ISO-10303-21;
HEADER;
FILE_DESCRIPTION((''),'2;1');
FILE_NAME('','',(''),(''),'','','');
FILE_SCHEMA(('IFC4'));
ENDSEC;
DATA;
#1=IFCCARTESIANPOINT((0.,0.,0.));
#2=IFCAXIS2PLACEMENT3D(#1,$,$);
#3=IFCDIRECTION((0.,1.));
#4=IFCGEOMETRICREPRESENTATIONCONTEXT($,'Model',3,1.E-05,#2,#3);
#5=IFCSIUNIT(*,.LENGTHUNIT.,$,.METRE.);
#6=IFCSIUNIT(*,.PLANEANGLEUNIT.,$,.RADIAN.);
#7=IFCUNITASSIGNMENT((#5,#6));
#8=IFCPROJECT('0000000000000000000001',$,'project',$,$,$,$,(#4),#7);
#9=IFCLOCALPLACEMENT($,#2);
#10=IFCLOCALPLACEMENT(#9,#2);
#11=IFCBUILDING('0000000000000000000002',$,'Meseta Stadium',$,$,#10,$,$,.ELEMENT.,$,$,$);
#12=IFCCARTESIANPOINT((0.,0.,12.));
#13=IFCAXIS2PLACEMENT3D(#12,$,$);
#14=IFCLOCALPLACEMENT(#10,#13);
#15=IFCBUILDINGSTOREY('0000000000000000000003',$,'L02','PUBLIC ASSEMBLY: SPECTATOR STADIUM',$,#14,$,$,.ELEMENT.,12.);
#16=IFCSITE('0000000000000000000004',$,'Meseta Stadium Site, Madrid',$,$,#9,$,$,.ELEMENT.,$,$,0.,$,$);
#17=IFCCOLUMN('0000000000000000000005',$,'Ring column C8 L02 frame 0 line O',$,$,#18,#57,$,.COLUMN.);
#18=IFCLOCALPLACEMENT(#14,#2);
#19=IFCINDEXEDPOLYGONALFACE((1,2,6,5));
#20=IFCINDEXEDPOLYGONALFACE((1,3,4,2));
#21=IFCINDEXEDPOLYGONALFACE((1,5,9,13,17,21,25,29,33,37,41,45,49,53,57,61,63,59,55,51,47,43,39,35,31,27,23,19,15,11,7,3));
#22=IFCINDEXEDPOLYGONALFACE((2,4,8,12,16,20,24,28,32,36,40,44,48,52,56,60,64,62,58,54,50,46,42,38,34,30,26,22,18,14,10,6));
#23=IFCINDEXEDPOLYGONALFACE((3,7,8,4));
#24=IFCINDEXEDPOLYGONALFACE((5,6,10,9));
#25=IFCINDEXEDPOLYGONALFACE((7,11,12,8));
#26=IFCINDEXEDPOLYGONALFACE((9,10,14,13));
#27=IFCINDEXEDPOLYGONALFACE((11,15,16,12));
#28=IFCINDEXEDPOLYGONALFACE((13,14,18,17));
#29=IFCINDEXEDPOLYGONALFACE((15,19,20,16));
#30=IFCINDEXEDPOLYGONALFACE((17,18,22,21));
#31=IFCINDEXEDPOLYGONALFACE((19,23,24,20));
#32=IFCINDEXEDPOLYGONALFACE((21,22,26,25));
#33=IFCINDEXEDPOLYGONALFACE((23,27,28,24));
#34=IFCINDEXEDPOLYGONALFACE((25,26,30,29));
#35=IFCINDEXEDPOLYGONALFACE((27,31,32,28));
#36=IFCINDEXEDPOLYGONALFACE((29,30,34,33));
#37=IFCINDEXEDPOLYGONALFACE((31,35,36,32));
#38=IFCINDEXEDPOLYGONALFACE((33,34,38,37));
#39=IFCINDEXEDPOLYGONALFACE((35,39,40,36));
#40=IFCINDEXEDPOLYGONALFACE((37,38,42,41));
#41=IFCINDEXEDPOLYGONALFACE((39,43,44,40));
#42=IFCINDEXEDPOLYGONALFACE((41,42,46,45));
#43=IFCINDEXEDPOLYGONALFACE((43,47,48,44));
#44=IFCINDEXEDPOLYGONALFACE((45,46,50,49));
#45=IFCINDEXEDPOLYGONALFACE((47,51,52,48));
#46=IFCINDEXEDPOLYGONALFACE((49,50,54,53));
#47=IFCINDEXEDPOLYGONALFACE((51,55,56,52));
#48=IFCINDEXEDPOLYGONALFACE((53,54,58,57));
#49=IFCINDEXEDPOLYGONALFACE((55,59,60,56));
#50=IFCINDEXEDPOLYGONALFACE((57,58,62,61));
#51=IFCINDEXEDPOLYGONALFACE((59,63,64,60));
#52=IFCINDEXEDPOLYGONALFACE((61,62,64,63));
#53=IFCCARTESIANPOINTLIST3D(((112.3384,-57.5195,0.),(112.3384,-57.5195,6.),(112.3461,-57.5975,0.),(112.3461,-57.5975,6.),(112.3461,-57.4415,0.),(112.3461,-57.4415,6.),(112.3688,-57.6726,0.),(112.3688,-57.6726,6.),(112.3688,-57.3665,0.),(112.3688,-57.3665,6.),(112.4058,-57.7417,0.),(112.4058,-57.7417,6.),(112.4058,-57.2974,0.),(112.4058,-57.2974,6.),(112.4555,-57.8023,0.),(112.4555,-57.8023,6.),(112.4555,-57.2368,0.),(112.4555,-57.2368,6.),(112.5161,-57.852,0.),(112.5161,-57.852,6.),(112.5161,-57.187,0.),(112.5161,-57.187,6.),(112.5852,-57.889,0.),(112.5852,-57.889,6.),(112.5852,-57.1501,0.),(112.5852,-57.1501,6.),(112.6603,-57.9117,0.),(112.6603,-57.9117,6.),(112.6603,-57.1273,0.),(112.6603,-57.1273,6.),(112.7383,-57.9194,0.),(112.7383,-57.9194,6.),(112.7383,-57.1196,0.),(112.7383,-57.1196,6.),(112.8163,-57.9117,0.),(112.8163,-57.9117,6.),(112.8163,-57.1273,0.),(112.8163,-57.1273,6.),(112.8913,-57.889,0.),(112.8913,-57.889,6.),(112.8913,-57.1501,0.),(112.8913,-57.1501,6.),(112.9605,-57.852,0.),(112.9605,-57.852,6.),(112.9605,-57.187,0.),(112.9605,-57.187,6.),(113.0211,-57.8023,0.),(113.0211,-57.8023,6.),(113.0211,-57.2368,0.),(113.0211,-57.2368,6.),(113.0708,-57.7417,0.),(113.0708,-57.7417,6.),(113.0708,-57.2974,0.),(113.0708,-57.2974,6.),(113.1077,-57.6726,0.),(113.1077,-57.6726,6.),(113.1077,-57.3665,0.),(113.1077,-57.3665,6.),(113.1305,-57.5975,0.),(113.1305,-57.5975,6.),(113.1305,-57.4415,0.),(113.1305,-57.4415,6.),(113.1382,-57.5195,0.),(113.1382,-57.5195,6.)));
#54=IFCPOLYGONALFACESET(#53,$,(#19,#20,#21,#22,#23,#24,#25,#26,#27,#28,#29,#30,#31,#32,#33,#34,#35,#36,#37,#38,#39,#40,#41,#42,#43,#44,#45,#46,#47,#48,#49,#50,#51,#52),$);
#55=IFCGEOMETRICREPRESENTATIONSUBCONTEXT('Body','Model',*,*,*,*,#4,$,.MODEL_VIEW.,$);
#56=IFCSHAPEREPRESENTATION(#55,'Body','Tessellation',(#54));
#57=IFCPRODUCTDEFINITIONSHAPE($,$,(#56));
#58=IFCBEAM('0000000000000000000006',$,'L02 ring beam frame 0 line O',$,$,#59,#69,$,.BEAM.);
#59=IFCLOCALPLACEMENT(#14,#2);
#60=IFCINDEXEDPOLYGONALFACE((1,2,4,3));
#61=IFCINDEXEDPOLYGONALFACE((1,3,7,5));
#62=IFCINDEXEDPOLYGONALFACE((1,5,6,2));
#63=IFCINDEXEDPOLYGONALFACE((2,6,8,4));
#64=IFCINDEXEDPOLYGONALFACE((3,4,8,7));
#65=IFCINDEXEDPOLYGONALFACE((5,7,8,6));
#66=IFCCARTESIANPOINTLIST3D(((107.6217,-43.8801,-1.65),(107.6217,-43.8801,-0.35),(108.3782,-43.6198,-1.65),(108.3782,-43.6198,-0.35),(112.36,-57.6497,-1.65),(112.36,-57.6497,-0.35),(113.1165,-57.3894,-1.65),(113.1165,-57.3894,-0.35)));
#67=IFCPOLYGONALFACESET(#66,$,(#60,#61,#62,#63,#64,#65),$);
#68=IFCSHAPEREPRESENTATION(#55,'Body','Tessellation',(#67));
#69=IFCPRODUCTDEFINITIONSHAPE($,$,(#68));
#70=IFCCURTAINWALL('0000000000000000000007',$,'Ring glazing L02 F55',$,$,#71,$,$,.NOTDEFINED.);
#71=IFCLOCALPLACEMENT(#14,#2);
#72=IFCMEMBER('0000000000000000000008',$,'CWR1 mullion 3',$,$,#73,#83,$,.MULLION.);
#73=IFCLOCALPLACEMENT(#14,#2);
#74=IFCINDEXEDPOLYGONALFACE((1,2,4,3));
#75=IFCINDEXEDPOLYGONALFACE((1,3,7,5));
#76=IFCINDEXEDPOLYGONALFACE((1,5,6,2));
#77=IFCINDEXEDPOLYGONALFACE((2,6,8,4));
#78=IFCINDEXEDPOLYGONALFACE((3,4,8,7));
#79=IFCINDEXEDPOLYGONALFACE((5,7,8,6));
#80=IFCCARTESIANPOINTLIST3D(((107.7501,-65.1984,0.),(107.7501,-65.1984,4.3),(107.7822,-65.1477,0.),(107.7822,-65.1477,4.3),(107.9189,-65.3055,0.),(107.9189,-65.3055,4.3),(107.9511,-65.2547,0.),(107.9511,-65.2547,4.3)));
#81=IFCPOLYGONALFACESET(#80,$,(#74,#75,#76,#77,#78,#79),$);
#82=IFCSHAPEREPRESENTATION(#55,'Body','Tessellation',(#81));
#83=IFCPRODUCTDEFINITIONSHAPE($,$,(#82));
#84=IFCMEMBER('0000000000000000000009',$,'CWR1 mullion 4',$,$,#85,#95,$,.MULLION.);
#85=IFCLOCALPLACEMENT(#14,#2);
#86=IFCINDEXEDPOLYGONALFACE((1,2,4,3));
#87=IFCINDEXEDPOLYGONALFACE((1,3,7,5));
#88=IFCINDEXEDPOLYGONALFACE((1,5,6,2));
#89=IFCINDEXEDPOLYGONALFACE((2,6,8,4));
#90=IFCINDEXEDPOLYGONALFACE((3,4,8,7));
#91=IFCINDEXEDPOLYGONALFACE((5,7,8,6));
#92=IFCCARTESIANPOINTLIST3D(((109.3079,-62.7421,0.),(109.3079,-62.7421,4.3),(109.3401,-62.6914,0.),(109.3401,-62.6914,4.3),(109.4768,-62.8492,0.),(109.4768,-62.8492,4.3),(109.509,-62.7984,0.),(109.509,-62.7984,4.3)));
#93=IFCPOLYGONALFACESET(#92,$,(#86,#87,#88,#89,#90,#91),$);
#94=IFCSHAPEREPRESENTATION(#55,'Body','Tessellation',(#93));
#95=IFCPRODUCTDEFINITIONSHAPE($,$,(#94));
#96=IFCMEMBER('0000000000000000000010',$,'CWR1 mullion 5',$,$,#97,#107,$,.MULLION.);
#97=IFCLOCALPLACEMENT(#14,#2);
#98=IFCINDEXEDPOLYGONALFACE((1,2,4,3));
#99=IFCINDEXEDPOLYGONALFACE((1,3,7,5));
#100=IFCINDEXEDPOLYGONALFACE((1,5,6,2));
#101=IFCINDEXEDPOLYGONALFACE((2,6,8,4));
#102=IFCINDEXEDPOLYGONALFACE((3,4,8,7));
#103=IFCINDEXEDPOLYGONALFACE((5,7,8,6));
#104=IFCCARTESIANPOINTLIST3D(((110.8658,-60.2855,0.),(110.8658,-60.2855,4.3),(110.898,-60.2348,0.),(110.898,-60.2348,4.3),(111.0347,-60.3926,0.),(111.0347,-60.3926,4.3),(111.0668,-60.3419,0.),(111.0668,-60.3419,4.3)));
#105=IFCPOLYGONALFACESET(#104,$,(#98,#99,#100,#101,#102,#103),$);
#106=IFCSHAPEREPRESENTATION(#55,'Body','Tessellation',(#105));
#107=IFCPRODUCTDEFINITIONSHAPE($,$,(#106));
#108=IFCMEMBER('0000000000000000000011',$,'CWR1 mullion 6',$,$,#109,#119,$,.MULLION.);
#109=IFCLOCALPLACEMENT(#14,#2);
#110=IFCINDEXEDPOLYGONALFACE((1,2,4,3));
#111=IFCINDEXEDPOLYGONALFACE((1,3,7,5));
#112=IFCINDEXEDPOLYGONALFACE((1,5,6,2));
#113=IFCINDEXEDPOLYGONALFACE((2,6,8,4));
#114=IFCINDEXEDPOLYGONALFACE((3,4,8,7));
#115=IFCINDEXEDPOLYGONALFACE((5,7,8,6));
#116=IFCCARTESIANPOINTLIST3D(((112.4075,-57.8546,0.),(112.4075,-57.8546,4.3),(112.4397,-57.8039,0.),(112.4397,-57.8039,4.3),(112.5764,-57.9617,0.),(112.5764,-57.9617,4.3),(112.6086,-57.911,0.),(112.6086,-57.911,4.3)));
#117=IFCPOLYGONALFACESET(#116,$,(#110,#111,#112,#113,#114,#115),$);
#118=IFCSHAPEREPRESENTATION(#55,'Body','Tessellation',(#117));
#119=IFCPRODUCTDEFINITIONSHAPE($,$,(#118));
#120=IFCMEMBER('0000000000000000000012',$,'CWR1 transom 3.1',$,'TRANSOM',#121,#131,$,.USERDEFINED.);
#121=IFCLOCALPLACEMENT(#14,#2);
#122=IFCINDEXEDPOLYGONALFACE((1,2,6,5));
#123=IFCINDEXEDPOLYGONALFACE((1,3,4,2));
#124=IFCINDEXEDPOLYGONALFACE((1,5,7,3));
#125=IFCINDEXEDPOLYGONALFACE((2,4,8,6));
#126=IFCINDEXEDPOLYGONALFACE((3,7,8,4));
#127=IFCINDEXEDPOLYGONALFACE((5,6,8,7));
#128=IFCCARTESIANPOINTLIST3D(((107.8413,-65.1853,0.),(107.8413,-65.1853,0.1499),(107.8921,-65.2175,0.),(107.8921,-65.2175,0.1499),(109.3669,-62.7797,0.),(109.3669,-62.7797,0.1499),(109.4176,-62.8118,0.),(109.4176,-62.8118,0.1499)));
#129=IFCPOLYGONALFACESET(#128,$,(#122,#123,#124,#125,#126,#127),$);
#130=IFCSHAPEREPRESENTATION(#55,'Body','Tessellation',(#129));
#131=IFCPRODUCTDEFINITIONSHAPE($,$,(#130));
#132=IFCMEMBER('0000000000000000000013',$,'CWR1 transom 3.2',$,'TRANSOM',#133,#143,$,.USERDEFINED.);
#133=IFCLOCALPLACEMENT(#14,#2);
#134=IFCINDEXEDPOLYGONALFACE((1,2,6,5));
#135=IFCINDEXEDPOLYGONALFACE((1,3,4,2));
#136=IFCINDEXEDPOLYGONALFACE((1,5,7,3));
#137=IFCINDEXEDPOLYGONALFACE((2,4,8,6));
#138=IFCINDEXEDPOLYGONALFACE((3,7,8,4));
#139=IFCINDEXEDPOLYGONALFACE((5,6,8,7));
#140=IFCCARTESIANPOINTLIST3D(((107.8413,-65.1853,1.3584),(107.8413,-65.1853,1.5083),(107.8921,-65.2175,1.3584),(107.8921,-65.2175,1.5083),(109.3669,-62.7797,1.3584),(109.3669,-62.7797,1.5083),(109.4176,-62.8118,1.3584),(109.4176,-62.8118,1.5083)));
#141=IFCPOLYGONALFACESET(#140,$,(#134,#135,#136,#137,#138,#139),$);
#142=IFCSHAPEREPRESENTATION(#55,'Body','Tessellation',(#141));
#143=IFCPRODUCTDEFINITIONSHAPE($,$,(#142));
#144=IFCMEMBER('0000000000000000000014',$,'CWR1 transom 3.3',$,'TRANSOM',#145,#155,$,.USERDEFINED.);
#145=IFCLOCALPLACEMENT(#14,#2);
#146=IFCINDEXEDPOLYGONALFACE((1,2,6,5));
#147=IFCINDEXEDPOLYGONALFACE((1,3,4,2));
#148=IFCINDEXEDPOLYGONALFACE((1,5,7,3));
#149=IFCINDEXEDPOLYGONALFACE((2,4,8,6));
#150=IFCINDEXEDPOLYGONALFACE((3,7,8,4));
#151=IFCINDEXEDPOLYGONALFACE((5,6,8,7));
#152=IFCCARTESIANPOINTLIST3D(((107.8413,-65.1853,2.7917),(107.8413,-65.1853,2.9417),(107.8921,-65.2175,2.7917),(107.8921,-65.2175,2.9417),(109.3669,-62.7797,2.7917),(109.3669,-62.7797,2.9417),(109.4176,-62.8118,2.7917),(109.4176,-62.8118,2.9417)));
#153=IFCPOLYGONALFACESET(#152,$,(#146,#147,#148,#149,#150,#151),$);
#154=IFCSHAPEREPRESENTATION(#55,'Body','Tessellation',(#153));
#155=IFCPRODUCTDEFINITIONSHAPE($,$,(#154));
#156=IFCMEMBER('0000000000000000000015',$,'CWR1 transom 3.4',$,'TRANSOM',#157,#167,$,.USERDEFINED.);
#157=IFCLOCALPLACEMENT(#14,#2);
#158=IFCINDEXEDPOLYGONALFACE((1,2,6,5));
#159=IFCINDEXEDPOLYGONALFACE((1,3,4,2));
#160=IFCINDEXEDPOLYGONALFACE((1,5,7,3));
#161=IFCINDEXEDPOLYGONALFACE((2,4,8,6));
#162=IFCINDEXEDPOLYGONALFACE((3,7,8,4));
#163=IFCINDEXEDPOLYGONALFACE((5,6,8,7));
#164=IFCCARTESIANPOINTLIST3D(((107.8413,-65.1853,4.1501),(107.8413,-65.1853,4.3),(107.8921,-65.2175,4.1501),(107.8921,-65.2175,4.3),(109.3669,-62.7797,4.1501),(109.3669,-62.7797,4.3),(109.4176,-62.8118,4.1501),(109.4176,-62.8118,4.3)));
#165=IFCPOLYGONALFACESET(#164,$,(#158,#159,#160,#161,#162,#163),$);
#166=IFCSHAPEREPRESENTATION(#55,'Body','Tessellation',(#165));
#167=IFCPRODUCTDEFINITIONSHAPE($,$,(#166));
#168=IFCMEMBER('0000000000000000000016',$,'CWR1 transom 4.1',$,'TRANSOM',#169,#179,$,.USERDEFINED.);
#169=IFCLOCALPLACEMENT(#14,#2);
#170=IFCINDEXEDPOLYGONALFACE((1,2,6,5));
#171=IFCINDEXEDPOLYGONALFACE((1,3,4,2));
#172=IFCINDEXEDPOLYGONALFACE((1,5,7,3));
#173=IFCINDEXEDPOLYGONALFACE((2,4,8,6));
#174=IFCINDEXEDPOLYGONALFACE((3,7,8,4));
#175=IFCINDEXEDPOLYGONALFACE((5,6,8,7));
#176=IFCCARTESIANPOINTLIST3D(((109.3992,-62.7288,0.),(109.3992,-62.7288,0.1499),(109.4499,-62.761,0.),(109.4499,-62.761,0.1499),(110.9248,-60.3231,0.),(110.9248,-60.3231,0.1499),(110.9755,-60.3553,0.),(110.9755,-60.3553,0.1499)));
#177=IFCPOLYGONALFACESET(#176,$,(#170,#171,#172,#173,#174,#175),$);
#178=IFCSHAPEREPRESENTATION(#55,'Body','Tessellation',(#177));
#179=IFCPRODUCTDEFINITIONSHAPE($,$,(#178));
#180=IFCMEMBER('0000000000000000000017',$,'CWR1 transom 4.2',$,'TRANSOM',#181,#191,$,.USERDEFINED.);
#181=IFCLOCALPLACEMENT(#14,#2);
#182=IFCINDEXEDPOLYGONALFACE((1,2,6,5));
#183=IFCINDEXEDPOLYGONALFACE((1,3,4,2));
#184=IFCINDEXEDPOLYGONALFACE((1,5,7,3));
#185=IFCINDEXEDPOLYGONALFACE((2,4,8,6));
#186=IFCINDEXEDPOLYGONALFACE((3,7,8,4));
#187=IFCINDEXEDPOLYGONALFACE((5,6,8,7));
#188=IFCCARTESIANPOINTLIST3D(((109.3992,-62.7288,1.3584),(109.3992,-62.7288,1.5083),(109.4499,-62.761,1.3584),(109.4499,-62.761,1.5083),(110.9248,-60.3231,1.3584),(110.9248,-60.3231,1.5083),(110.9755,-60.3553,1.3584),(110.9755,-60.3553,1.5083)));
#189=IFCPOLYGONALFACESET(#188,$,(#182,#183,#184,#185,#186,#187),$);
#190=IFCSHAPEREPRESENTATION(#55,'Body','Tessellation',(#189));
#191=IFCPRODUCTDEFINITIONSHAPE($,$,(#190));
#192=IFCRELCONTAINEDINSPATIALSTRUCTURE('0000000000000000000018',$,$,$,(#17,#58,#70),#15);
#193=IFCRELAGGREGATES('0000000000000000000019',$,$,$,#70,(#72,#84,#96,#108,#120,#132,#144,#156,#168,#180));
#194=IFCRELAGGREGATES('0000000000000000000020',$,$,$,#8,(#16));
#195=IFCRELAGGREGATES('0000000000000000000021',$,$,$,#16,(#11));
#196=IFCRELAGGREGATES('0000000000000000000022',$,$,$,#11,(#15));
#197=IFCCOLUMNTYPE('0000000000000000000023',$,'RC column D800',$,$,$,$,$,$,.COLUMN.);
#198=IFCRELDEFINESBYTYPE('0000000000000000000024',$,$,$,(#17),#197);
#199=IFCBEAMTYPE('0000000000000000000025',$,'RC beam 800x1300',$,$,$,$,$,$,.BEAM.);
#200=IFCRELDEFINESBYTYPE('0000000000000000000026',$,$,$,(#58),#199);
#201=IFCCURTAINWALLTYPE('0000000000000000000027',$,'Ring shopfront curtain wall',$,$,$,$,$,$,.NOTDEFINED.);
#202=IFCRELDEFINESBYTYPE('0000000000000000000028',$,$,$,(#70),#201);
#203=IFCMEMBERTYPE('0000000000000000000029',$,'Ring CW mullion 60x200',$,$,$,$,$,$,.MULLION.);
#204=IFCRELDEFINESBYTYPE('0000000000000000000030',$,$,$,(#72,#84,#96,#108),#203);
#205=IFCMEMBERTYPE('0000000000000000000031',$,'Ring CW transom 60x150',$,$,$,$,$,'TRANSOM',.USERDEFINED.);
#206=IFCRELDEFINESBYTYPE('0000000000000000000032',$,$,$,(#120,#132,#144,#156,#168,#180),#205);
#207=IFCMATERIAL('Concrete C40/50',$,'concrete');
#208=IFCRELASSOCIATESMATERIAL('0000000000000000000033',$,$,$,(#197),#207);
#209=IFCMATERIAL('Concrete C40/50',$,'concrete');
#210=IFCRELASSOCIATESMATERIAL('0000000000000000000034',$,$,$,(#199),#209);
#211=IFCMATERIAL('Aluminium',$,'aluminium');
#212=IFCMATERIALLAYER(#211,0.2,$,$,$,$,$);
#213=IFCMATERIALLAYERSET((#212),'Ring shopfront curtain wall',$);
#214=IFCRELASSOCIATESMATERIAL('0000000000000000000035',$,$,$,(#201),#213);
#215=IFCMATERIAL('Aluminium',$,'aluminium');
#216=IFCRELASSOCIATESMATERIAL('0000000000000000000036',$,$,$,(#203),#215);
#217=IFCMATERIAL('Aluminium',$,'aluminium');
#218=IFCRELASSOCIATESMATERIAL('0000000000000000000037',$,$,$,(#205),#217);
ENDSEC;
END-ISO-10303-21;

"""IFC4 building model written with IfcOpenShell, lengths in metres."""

from ifc_helpers import new_model, si_unit, direction, frame, origin, origin_2d, place, context, subcontext, project, spatial, rectangle, circle, extrude, material, layer, layer_set, material_profile, profile_set, type_object, element, aggregate, save


model = new_model("IFC4")

# Units and contexts
model_context = context("Model", 3, precision=1e-05, world=origin(), true_north=direction((0.0, 1.0)))
body_context = subcontext(model_context, "Body", "Model", "MODEL_VIEW")
ifc_project = project(units=[si_unit("LENGTHUNIT", "METRE"), si_unit("PLANEANGLEUNIT", "RADIAN")], contexts=[model_context])

# Site, building, storey
site_placement = place(None, origin())
site = spatial("IfcSite", under=ifc_project, at=site_placement, Name="Meseta Stadium Site, Madrid", CompositionType="ELEMENT", RefElevation=0.0)
building_placement = place(site_placement, origin())
building = spatial("IfcBuilding", under=site, at=building_placement, Name="Meseta Stadium", CompositionType="ELEMENT")
storey_placement = place(building_placement, frame((0.0, 0.0, 12.0)))
storey = spatial("IfcBuildingStorey", under=building, at=storey_placement, Name="L02", Description="PUBLIC ASSEMBLY: SPECTATOR STADIUM", CompositionType="ELEMENT", Elevation=12.0)

# Column
ifc_material_1 = material(Name="Concrete C40/50", Category="concrete")
ifc_material_profile_1 = material_profile(ifc_material_1, circle(Radius=0.3999, at=origin_2d()), Name="RC D800")
ifc_profile_set_1 = profile_set([ifc_material_profile_1], Name="Concrete C40/50")
column_type = type_object("IfcColumnType", Name="RC column D800", PredefinedType="COLUMN", material=ifc_profile_set_1)
column_placement = place(storey_placement, frame((112.7383, -57.5195, 0.0), z_axis=(0.0, 0.0, 1.0), x_axis=(1.0, 0.0, 0.0)))
element("IfcColumn", 1, at=column_placement, inside=storey, type_object=column_type, Name="Ring column C8 L02 frame 0 line O", PredefinedType="COLUMN", context=body_context, shape_type="SweptSolid", body=[
    extrude(circle(Radius=0.3999, at=origin_2d()), origin(), (0.0, 0.0, 1.0), 6.0),
])

# Beam
ifc_material_2 = material(Name="Concrete C40/50", Category="concrete")
ifc_material_profile_2 = material_profile(ifc_material_2, rectangle(XDim=0.8, YDim=1.3, at=origin_2d()), Name="RC 800x1300")
ifc_profile_set_2 = profile_set([ifc_material_profile_2], Name="Concrete C40/50")
beam_type = type_object("IfcBeamType", Name="RC beam 800x1300", PredefinedType="BEAM", material=ifc_profile_set_2)
beam_placement = place(storey_placement, frame((112.7383, -57.5195, -1.0), z_axis=(-0.325387, 0.945581, 0.0), x_axis=(-0.945581, -0.325387, 0.0)))
element("IfcBeam", 2, at=beam_placement, inside=storey, type_object=beam_type, Name="L02 ring beam frame 0 line O", PredefinedType="BEAM", context=body_context, shape_type="SweptSolid", body=[
    extrude(rectangle(XDim=0.8, YDim=1.3, at=origin_2d()), origin(), (0.0, 0.0, 1.0), 14.562),
])

# Curtain wall, members
ifc_material_3 = material(Name="Aluminium", Category="aluminium")
ifc_layer_1 = layer(ifc_material_3, 0.2)
ifc_layer_set_1 = layer_set([ifc_layer_1], Name="Ring shopfront curtain wall")
curtain_wall_type = type_object("IfcCurtainWallType", Name="Ring shopfront curtain wall", PredefinedType="NOTDEFINED", material=ifc_layer_set_1)
curtain_wall_placement = place(storey_placement, origin())
curtain_wall = element("IfcCurtainWall", 3, at=curtain_wall_placement, inside=storey, type_object=curtain_wall_type, Name="Ring glazing L02 F55", PredefinedType="NOTDEFINED")
ifc_material_4 = material(Name="Aluminium", Category="aluminium")
ifc_material_profile_3 = material_profile(ifc_material_4, rectangle(XDim=0.2, YDim=0.0601, at=origin_2d()), Name="CW 200x60")
ifc_profile_set_3 = profile_set([ifc_material_profile_3], Name="Aluminium")
member_type_1 = type_object("IfcMemberType", Name="Ring CW mullion 60x200", PredefinedType="MULLION", material=ifc_profile_set_3)
member_1_placement = place(storey_placement, frame((107.8506, -65.2266, 0.0), z_axis=(0.0, 0.0, 1.0), x_axis=(-0.844491, 0.535569, 0.0)))
member_1 = element("IfcMember", 4, at=member_1_placement, type_object=member_type_1, Name="CWR1 mullion 3", PredefinedType="MULLION", context=body_context, shape_type="SweptSolid", body=[
    extrude(rectangle(XDim=0.2, YDim=0.0601, at=origin_2d()), origin(), (0.0, 0.0, 1.0), 4.3),
])
member_2_placement = place(storey_placement, frame((109.4084, -62.7703, 0.0), z_axis=(0.0, 0.0, 1.0), x_axis=(-0.844491, 0.535569, 0.0)))
member_2 = element("IfcMember", 5, at=member_2_placement, type_object=member_type_1, Name="CWR1 mullion 4", PredefinedType="MULLION", context=body_context, shape_type="SweptSolid", body=[
    extrude(rectangle(XDim=0.2, YDim=0.0601, at=origin_2d()), origin(), (0.0, 0.0, 1.0), 4.3),
])
member_3_placement = place(storey_placement, frame((110.9663, -60.3137, 0.0), z_axis=(0.0, 0.0, 1.0), x_axis=(-0.844491, 0.535569, 0.0)))
member_3 = element("IfcMember", 6, at=member_3_placement, type_object=member_type_1, Name="CWR1 mullion 5", PredefinedType="MULLION", context=body_context, shape_type="SweptSolid", body=[
    extrude(rectangle(XDim=0.2, YDim=0.0601, at=origin_2d()), origin(), (0.0, 0.0, 1.0), 4.3),
])
member_4_placement = place(storey_placement, frame((112.5081, -57.8828, 0.0), z_axis=(0.0, 0.0, 1.0), x_axis=(-0.844491, 0.535569, 0.0)))
member_4 = element("IfcMember", 7, at=member_4_placement, type_object=member_type_1, Name="CWR1 mullion 6", PredefinedType="MULLION", context=body_context, shape_type="SweptSolid", body=[
    extrude(rectangle(XDim=0.2, YDim=0.0601, at=origin_2d()), origin(), (0.0, 0.0, 1.0), 4.3),
])
ifc_material_5 = material(Name="Aluminium", Category="aluminium")
ifc_material_profile_4 = material_profile(ifc_material_5, rectangle(XDim=0.0601, YDim=0.1499, at=origin_2d()), Name="CW 60x150")
ifc_profile_set_4 = profile_set([ifc_material_profile_4], Name="Aluminium")
member_type_2 = type_object("IfcMemberType", Name="Ring CW transom 60x150", ElementType="TRANSOM", PredefinedType="USERDEFINED", material=ifc_profile_set_4)
member_5_placement = place(storey_placement, frame((107.8667, -65.2014, 0.075), z_axis=(0.535549, 0.844504, 0.0), x_axis=(-0.844504, 0.535549, 0.0)))
member_5 = element("IfcMember", 8, at=member_5_placement, type_object=member_type_2, Name="CWR1 transom 3.1", ObjectType="TRANSOM", PredefinedType="USERDEFINED", context=body_context, shape_type="SweptSolid", body=[
    extrude(rectangle(XDim=0.0601, YDim=0.1499, at=origin_2d()), origin(), (0.0, 0.0, 1.0), 2.8486),
])
member_6_placement = place(storey_placement, frame((107.8667, -65.2014, 1.4333), z_axis=(0.535549, 0.844504, 0.0), x_axis=(-0.844504, 0.535549, 0.0)))
member_6 = element("IfcMember", 9, at=member_6_placement, type_object=member_type_2, Name="CWR1 transom 3.2", ObjectType="TRANSOM", PredefinedType="USERDEFINED", context=body_context, shape_type="SweptSolid", body=[
    extrude(rectangle(XDim=0.0601, YDim=0.1499, at=origin_2d()), origin(), (0.0, 0.0, 1.0), 2.8486),
])
member_7_placement = place(storey_placement, frame((107.8667, -65.2014, 2.8667), z_axis=(0.535549, 0.844504, 0.0), x_axis=(-0.844504, 0.535549, 0.0)))
member_7 = element("IfcMember", 10, at=member_7_placement, type_object=member_type_2, Name="CWR1 transom 3.3", ObjectType="TRANSOM", PredefinedType="USERDEFINED", context=body_context, shape_type="SweptSolid", body=[
    extrude(rectangle(XDim=0.0601, YDim=0.1499, at=origin_2d()), origin(), (0.0, 0.0, 1.0), 2.8486),
])
member_8_placement = place(storey_placement, frame((107.8667, -65.2014, 4.2251), z_axis=(0.535549, 0.844504, 0.0), x_axis=(-0.844504, 0.535549, 0.0)))
member_8 = element("IfcMember", 11, at=member_8_placement, type_object=member_type_2, Name="CWR1 transom 3.4", ObjectType="TRANSOM", PredefinedType="USERDEFINED", context=body_context, shape_type="SweptSolid", body=[
    extrude(rectangle(XDim=0.0601, YDim=0.1499, at=origin_2d()), origin(), (0.0, 0.0, 1.0), 2.8486),
])
member_9_placement = place(storey_placement, frame((109.4246, -62.7449, 0.075), z_axis=(0.535549, 0.844504, 0.0), x_axis=(-0.844504, 0.535549, 0.0)))
member_9 = element("IfcMember", 12, at=member_9_placement, type_object=member_type_2, Name="CWR1 transom 4.1", ObjectType="TRANSOM", PredefinedType="USERDEFINED", context=body_context, shape_type="SweptSolid", body=[
    extrude(rectangle(XDim=0.0601, YDim=0.1499, at=origin_2d()), origin(), (0.0, 0.0, 1.0), 2.8486),
])
member_10_placement = place(storey_placement, frame((109.4246, -62.7449, 1.4333), z_axis=(0.535549, 0.844504, 0.0), x_axis=(-0.844504, 0.535549, 0.0)))
member_10 = element("IfcMember", 13, at=member_10_placement, type_object=member_type_2, Name="CWR1 transom 4.2", ObjectType="TRANSOM", PredefinedType="USERDEFINED", context=body_context, shape_type="SweptSolid", body=[
    extrude(rectangle(XDim=0.0601, YDim=0.1499, at=origin_2d()), origin(), (0.0, 0.0, 1.0), 2.8486),
])
aggregate(curtain_wall, [member_1, member_2, member_3, member_4, member_5, member_6, member_7, member_8, member_9, member_10])

save(model, "model.ifc")
